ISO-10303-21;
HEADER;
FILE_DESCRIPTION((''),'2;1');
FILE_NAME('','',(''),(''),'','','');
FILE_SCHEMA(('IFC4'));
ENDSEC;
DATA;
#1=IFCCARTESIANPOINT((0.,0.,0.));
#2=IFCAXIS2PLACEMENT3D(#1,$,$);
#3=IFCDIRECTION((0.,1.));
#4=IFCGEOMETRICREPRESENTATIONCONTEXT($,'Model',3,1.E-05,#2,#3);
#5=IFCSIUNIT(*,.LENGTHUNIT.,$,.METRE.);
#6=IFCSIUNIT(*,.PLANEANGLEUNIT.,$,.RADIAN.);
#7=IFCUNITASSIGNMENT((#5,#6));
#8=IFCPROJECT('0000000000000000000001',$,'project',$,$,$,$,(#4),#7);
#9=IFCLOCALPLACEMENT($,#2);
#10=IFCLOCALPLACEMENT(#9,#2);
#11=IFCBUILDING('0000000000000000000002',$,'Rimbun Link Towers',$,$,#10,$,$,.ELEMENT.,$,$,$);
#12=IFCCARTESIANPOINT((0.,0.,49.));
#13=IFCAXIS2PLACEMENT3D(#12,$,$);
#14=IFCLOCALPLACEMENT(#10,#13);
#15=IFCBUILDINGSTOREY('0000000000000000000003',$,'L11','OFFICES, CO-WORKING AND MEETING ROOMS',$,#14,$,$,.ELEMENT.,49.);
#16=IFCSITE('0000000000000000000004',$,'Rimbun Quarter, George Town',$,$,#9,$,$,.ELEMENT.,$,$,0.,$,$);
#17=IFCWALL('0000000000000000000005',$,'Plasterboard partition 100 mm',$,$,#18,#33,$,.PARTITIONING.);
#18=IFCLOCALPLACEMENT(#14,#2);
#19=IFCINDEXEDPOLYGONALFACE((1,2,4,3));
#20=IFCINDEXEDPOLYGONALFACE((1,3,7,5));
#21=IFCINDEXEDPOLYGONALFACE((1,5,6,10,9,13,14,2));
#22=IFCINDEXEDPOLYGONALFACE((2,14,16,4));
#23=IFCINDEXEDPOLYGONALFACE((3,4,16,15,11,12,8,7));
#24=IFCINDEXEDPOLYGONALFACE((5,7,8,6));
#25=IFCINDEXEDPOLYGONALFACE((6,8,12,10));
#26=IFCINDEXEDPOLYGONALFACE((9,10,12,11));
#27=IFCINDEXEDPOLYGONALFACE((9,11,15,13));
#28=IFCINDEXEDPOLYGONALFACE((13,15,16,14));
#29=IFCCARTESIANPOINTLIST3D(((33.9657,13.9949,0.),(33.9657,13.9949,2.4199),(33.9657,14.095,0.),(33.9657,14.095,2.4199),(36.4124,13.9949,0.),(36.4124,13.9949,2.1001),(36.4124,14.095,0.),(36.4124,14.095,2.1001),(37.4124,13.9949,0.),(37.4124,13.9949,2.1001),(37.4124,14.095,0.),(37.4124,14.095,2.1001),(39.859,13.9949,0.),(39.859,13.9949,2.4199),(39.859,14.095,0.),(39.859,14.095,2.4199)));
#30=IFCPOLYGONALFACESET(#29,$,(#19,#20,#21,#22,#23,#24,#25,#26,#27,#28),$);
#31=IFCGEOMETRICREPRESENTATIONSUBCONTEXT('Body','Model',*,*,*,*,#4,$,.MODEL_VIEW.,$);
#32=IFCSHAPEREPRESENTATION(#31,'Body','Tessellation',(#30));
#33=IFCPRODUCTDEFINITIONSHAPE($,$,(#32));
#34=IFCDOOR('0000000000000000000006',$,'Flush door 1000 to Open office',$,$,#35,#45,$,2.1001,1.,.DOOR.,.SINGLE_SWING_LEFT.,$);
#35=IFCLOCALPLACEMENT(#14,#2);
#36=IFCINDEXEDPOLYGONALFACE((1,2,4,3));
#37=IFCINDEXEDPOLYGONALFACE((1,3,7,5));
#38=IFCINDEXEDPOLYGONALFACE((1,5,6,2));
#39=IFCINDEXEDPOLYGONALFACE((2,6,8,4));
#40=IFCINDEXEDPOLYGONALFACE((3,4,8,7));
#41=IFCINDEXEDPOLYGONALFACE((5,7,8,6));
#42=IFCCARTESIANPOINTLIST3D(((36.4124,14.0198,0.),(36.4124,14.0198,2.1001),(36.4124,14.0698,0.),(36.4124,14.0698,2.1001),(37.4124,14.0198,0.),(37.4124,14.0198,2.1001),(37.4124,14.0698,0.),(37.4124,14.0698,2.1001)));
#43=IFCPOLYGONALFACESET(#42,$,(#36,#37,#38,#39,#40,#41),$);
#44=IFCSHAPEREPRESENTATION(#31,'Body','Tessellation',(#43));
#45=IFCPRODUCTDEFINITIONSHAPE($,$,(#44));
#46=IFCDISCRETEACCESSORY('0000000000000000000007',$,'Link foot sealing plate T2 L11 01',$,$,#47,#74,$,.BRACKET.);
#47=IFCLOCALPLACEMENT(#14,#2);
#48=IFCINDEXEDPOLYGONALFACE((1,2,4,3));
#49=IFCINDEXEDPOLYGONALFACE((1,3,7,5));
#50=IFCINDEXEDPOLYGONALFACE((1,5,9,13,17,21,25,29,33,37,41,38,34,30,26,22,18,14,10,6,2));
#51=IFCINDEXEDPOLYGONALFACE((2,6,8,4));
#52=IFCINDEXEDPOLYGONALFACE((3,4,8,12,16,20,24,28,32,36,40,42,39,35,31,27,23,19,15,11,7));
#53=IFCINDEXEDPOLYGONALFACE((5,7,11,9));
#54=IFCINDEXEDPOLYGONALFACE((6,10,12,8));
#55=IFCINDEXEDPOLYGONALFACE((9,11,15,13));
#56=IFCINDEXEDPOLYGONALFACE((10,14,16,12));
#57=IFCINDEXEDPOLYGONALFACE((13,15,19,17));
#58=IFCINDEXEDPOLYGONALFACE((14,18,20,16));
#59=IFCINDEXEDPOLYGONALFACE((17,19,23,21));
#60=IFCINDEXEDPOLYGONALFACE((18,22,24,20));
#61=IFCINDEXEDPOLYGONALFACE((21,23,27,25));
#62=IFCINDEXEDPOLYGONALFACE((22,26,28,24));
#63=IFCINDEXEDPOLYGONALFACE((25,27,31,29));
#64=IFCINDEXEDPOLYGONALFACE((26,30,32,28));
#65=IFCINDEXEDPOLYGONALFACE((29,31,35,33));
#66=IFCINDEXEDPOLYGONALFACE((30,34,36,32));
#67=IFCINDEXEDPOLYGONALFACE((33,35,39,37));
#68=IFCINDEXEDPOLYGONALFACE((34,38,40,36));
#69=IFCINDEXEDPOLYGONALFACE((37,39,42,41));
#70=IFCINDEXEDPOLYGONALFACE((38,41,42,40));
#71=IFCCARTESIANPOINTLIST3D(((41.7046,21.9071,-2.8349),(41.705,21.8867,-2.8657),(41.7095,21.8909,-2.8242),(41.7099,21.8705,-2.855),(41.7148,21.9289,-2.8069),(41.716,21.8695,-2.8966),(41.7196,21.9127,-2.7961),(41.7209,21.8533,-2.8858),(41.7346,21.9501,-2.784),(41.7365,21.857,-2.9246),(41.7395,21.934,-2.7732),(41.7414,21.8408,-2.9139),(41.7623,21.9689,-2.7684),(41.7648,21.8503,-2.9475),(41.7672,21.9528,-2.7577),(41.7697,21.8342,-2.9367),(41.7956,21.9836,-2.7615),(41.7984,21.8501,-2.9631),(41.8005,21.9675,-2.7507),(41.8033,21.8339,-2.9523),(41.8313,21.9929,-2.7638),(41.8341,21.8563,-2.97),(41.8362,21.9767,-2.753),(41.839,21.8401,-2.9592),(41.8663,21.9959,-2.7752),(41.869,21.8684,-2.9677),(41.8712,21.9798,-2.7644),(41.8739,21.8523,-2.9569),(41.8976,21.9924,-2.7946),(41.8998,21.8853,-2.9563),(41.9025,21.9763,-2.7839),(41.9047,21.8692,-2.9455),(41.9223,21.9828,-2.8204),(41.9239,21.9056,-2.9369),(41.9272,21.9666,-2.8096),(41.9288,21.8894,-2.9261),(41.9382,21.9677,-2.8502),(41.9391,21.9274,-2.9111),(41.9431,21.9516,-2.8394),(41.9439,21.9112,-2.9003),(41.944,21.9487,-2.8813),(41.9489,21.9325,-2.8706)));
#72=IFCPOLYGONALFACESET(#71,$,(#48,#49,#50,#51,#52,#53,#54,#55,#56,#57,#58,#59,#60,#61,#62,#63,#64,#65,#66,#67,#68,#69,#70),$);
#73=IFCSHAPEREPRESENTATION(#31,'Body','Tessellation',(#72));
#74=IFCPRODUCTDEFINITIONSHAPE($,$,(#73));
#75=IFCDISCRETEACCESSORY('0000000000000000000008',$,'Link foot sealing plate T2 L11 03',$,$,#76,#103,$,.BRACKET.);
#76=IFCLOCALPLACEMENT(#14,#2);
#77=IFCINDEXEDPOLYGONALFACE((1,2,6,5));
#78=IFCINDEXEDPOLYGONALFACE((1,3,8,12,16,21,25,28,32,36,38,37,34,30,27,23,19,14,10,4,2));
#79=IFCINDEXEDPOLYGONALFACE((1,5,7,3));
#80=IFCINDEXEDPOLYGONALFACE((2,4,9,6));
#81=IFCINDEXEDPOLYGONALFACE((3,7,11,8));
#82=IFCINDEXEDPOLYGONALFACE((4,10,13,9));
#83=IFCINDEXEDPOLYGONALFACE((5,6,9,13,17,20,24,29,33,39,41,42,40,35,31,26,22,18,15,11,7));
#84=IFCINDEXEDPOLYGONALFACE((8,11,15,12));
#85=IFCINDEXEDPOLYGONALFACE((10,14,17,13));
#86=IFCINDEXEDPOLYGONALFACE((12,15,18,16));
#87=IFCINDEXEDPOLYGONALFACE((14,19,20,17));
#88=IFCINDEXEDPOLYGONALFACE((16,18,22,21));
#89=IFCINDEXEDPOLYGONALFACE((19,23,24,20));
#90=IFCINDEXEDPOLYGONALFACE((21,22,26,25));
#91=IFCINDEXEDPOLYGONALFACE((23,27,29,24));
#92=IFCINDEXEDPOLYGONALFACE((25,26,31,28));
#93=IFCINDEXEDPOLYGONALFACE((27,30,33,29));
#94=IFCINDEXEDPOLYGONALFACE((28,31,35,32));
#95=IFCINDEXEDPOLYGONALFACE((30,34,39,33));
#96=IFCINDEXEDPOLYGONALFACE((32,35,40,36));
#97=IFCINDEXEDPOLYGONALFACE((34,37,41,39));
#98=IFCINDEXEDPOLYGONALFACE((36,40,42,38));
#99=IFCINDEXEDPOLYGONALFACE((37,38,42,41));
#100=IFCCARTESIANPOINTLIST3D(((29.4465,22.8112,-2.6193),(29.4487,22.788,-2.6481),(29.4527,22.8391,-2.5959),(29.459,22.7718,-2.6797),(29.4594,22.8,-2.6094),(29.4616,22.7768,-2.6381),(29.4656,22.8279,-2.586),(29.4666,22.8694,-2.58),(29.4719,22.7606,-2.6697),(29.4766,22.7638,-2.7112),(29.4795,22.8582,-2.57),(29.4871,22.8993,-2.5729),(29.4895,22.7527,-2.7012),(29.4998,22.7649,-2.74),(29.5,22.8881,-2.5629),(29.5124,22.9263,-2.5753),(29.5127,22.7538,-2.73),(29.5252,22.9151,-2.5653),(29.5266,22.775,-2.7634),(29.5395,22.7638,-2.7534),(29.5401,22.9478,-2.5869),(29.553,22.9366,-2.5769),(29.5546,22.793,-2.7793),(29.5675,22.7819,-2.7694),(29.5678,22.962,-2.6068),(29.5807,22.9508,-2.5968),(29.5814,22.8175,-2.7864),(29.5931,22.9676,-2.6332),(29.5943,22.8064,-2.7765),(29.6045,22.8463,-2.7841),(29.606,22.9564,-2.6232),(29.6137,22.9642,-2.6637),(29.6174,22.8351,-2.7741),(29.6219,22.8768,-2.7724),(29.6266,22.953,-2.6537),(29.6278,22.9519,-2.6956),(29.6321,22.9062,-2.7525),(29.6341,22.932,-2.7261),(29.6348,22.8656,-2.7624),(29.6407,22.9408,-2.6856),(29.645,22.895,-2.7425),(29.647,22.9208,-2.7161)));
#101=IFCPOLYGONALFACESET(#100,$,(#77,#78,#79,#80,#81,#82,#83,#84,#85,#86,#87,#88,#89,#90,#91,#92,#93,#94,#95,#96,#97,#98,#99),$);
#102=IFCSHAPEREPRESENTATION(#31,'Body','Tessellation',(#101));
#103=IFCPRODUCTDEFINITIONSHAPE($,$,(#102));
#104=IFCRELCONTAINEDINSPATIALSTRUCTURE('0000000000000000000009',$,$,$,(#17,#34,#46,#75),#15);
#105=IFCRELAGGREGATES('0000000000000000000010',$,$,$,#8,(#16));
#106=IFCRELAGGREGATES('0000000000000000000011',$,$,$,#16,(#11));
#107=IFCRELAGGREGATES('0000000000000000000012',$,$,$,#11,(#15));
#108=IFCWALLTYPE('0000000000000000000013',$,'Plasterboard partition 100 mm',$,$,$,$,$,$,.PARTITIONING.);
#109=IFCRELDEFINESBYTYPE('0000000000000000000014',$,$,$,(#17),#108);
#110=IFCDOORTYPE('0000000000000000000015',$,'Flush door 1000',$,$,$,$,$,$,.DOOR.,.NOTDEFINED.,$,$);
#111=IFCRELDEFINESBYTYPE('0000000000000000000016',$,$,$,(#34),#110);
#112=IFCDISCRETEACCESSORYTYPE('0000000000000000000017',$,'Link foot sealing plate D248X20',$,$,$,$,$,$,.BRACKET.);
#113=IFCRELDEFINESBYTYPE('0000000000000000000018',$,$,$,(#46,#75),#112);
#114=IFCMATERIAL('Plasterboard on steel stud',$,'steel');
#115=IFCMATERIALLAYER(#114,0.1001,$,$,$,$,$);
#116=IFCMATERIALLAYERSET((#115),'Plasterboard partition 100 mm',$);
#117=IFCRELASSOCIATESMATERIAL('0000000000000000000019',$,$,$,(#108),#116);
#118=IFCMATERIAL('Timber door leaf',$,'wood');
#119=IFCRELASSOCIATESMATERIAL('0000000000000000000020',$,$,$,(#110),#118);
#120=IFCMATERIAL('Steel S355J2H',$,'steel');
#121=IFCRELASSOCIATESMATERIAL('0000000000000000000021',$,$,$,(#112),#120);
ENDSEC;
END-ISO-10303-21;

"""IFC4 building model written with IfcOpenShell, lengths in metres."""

from ifc_helpers import new_model, si_unit, direction, frame, frame_2d, origin, origin_2d, place, context, subcontext, project, spatial, rectangle, circle, extrude, material, layer, layer_set, material_profile, profile_set, type_object, element, fill, save


model = new_model("IFC4")

# Units and contexts
model_context = context("Model", 3, precision=1e-05, world=origin(), true_north=direction((0.0, 1.0)))
body_context = subcontext(model_context, "Body", "Model", "MODEL_VIEW")
ifc_project = project(units=[si_unit("LENGTHUNIT", "METRE"), si_unit("PLANEANGLEUNIT", "RADIAN")], contexts=[model_context])

# Site, building, storey
site_placement = place(None, origin())
site = spatial("IfcSite", under=ifc_project, at=site_placement, Name="Rimbun Quarter, George Town", CompositionType="ELEMENT", RefElevation=0.0)
building_placement = place(site_placement, origin())
building = spatial("IfcBuilding", under=site, at=building_placement, Name="Rimbun Link Towers", CompositionType="ELEMENT")
storey_placement = place(building_placement, frame((0.0, 0.0, 49.0)))
storey = spatial("IfcBuildingStorey", under=building, at=storey_placement, Name="L11", Description="OFFICES, CO-WORKING AND MEETING ROOMS", CompositionType="ELEMENT", Elevation=49.0)

# Shared definitions
ifc_material_1 = material(Name="Plasterboard on steel stud", Category="steel")
ifc_layer_1 = layer(ifc_material_1, 0.1001)
ifc_layer_set_1 = layer_set([ifc_layer_1], Name="Plasterboard partition 100 mm")
wall_type_1 = type_object("IfcWallType", Name="Plasterboard partition 100 mm", PredefinedType="PARTITIONING", material=ifc_layer_set_1)

# Wall, opening, door
wall_1_placement = place(storey_placement, frame((33.9656, 14.0449, 0.0), z_axis=(0.0, 0.0, 1.0), x_axis=(1.0, 0.0, 0.0)))
wall_1 = element("IfcWall", 1, at=wall_1_placement, inside=storey, type_object=wall_type_1, Name="Plasterboard partition 100 mm", PredefinedType="PARTITIONING", context=body_context, shape_type="SweptSolid", body=[
    extrude(rectangle(XDim=5.8933, YDim=0.1001, at=frame_2d((2.9468, 0.0))), origin(), (0.0, 0.0, 1.0), 2.4199),
])
opening_1_placement = place(wall_1_placement, frame((2.4468, 0.0, 0.0)))
opening_1 = element("IfcOpeningElement", 2, at=opening_1_placement, cuts=wall_1, PredefinedType="OPENING", context=body_context, shape_type="SweptSolid", body=[
    extrude(rectangle(XDim=1.0, YDim=2.1001, at=frame_2d((0.5, 1.05))), frame((0.0, 0.0601, 0.0), z_axis=(0.0, -1.0, 0.0), x_axis=(1.0, 0.0, 0.0)), (0.0, 0.0, 1.0), 0.1201),
])
ifc_material_2 = material(Name="Timber door leaf", Category="wood")
door_type_1 = type_object("IfcDoorType", Name="Flush door 1000", OperationType="NOTDEFINED", PredefinedType="DOOR", material=ifc_material_2)
door_1_placement = place(opening_1_placement, origin())
door_1 = element("IfcDoor", 3, at=door_1_placement, inside=storey, type_object=door_type_1, Name="Flush door 1000 to Open office", OperationType="SINGLE_SWING_LEFT", OverallHeight=2.1001, OverallWidth=1.0, PredefinedType="DOOR", context=body_context, shape_type="SweptSolid", body=[
    extrude(rectangle(XDim=1.0, YDim=2.1001, at=frame_2d((0.5, 1.05))), frame((0.0, 0.0249, 0.0), z_axis=(0.0, -1.0, 0.0), x_axis=(1.0, 0.0, 0.0)), (0.0, 0.0, 1.0), 0.05),
])
fill(opening_1, door_1)

# Discrete accessories
ifc_material_3 = material(Name="Steel S355J2H", Category="steel")
ifc_material_profile_1 = material_profile(ifc_material_3, circle(Radius=0.124, at=origin_2d()), Name="PL D248")
ifc_profile_set_1 = profile_set([ifc_material_profile_1], Name="Steel S355J2H")
discrete_accessory_type = type_object("IfcDiscreteAccessoryType", Name="Link foot sealing plate D248X20", PredefinedType="BRACKET", material=ifc_profile_set_1)
discrete_accessory_1_placement = place(storey_placement, frame((41.8286, 21.9065, -2.855), z_axis=(-0.244485, 0.8068, -0.537867), x_axis=(-0.957024, -0.290007, 0.0)))
element("IfcDiscreteAccessory", 4, at=discrete_accessory_1_placement, inside=storey, type_object=discrete_accessory_type, Name="Link foot sealing plate T2 L11 01", PredefinedType="BRACKET", context=body_context, shape_type="SweptSolid", body=[
    extrude(circle(Radius=0.124, at=origin_2d()), origin(), (0.0, 0.0, 1.0), 0.02),
])
discrete_accessory_2_placement = place(storey_placement, frame((29.5532, 22.8542, -2.6697), z_axis=(-0.652089, 0.565964, -0.504446), x_axis=(-0.655473, -0.755219, 0.0)))
element("IfcDiscreteAccessory", 5, at=discrete_accessory_2_placement, inside=storey, type_object=discrete_accessory_type, Name="Link foot sealing plate T2 L11 03", PredefinedType="BRACKET", context=body_context, shape_type="SweptSolid", body=[
    extrude(circle(Radius=0.124, at=origin_2d()), origin(), (0.0, 0.0, 1.0), 0.0198),
])

save(model, "model.ifc")
